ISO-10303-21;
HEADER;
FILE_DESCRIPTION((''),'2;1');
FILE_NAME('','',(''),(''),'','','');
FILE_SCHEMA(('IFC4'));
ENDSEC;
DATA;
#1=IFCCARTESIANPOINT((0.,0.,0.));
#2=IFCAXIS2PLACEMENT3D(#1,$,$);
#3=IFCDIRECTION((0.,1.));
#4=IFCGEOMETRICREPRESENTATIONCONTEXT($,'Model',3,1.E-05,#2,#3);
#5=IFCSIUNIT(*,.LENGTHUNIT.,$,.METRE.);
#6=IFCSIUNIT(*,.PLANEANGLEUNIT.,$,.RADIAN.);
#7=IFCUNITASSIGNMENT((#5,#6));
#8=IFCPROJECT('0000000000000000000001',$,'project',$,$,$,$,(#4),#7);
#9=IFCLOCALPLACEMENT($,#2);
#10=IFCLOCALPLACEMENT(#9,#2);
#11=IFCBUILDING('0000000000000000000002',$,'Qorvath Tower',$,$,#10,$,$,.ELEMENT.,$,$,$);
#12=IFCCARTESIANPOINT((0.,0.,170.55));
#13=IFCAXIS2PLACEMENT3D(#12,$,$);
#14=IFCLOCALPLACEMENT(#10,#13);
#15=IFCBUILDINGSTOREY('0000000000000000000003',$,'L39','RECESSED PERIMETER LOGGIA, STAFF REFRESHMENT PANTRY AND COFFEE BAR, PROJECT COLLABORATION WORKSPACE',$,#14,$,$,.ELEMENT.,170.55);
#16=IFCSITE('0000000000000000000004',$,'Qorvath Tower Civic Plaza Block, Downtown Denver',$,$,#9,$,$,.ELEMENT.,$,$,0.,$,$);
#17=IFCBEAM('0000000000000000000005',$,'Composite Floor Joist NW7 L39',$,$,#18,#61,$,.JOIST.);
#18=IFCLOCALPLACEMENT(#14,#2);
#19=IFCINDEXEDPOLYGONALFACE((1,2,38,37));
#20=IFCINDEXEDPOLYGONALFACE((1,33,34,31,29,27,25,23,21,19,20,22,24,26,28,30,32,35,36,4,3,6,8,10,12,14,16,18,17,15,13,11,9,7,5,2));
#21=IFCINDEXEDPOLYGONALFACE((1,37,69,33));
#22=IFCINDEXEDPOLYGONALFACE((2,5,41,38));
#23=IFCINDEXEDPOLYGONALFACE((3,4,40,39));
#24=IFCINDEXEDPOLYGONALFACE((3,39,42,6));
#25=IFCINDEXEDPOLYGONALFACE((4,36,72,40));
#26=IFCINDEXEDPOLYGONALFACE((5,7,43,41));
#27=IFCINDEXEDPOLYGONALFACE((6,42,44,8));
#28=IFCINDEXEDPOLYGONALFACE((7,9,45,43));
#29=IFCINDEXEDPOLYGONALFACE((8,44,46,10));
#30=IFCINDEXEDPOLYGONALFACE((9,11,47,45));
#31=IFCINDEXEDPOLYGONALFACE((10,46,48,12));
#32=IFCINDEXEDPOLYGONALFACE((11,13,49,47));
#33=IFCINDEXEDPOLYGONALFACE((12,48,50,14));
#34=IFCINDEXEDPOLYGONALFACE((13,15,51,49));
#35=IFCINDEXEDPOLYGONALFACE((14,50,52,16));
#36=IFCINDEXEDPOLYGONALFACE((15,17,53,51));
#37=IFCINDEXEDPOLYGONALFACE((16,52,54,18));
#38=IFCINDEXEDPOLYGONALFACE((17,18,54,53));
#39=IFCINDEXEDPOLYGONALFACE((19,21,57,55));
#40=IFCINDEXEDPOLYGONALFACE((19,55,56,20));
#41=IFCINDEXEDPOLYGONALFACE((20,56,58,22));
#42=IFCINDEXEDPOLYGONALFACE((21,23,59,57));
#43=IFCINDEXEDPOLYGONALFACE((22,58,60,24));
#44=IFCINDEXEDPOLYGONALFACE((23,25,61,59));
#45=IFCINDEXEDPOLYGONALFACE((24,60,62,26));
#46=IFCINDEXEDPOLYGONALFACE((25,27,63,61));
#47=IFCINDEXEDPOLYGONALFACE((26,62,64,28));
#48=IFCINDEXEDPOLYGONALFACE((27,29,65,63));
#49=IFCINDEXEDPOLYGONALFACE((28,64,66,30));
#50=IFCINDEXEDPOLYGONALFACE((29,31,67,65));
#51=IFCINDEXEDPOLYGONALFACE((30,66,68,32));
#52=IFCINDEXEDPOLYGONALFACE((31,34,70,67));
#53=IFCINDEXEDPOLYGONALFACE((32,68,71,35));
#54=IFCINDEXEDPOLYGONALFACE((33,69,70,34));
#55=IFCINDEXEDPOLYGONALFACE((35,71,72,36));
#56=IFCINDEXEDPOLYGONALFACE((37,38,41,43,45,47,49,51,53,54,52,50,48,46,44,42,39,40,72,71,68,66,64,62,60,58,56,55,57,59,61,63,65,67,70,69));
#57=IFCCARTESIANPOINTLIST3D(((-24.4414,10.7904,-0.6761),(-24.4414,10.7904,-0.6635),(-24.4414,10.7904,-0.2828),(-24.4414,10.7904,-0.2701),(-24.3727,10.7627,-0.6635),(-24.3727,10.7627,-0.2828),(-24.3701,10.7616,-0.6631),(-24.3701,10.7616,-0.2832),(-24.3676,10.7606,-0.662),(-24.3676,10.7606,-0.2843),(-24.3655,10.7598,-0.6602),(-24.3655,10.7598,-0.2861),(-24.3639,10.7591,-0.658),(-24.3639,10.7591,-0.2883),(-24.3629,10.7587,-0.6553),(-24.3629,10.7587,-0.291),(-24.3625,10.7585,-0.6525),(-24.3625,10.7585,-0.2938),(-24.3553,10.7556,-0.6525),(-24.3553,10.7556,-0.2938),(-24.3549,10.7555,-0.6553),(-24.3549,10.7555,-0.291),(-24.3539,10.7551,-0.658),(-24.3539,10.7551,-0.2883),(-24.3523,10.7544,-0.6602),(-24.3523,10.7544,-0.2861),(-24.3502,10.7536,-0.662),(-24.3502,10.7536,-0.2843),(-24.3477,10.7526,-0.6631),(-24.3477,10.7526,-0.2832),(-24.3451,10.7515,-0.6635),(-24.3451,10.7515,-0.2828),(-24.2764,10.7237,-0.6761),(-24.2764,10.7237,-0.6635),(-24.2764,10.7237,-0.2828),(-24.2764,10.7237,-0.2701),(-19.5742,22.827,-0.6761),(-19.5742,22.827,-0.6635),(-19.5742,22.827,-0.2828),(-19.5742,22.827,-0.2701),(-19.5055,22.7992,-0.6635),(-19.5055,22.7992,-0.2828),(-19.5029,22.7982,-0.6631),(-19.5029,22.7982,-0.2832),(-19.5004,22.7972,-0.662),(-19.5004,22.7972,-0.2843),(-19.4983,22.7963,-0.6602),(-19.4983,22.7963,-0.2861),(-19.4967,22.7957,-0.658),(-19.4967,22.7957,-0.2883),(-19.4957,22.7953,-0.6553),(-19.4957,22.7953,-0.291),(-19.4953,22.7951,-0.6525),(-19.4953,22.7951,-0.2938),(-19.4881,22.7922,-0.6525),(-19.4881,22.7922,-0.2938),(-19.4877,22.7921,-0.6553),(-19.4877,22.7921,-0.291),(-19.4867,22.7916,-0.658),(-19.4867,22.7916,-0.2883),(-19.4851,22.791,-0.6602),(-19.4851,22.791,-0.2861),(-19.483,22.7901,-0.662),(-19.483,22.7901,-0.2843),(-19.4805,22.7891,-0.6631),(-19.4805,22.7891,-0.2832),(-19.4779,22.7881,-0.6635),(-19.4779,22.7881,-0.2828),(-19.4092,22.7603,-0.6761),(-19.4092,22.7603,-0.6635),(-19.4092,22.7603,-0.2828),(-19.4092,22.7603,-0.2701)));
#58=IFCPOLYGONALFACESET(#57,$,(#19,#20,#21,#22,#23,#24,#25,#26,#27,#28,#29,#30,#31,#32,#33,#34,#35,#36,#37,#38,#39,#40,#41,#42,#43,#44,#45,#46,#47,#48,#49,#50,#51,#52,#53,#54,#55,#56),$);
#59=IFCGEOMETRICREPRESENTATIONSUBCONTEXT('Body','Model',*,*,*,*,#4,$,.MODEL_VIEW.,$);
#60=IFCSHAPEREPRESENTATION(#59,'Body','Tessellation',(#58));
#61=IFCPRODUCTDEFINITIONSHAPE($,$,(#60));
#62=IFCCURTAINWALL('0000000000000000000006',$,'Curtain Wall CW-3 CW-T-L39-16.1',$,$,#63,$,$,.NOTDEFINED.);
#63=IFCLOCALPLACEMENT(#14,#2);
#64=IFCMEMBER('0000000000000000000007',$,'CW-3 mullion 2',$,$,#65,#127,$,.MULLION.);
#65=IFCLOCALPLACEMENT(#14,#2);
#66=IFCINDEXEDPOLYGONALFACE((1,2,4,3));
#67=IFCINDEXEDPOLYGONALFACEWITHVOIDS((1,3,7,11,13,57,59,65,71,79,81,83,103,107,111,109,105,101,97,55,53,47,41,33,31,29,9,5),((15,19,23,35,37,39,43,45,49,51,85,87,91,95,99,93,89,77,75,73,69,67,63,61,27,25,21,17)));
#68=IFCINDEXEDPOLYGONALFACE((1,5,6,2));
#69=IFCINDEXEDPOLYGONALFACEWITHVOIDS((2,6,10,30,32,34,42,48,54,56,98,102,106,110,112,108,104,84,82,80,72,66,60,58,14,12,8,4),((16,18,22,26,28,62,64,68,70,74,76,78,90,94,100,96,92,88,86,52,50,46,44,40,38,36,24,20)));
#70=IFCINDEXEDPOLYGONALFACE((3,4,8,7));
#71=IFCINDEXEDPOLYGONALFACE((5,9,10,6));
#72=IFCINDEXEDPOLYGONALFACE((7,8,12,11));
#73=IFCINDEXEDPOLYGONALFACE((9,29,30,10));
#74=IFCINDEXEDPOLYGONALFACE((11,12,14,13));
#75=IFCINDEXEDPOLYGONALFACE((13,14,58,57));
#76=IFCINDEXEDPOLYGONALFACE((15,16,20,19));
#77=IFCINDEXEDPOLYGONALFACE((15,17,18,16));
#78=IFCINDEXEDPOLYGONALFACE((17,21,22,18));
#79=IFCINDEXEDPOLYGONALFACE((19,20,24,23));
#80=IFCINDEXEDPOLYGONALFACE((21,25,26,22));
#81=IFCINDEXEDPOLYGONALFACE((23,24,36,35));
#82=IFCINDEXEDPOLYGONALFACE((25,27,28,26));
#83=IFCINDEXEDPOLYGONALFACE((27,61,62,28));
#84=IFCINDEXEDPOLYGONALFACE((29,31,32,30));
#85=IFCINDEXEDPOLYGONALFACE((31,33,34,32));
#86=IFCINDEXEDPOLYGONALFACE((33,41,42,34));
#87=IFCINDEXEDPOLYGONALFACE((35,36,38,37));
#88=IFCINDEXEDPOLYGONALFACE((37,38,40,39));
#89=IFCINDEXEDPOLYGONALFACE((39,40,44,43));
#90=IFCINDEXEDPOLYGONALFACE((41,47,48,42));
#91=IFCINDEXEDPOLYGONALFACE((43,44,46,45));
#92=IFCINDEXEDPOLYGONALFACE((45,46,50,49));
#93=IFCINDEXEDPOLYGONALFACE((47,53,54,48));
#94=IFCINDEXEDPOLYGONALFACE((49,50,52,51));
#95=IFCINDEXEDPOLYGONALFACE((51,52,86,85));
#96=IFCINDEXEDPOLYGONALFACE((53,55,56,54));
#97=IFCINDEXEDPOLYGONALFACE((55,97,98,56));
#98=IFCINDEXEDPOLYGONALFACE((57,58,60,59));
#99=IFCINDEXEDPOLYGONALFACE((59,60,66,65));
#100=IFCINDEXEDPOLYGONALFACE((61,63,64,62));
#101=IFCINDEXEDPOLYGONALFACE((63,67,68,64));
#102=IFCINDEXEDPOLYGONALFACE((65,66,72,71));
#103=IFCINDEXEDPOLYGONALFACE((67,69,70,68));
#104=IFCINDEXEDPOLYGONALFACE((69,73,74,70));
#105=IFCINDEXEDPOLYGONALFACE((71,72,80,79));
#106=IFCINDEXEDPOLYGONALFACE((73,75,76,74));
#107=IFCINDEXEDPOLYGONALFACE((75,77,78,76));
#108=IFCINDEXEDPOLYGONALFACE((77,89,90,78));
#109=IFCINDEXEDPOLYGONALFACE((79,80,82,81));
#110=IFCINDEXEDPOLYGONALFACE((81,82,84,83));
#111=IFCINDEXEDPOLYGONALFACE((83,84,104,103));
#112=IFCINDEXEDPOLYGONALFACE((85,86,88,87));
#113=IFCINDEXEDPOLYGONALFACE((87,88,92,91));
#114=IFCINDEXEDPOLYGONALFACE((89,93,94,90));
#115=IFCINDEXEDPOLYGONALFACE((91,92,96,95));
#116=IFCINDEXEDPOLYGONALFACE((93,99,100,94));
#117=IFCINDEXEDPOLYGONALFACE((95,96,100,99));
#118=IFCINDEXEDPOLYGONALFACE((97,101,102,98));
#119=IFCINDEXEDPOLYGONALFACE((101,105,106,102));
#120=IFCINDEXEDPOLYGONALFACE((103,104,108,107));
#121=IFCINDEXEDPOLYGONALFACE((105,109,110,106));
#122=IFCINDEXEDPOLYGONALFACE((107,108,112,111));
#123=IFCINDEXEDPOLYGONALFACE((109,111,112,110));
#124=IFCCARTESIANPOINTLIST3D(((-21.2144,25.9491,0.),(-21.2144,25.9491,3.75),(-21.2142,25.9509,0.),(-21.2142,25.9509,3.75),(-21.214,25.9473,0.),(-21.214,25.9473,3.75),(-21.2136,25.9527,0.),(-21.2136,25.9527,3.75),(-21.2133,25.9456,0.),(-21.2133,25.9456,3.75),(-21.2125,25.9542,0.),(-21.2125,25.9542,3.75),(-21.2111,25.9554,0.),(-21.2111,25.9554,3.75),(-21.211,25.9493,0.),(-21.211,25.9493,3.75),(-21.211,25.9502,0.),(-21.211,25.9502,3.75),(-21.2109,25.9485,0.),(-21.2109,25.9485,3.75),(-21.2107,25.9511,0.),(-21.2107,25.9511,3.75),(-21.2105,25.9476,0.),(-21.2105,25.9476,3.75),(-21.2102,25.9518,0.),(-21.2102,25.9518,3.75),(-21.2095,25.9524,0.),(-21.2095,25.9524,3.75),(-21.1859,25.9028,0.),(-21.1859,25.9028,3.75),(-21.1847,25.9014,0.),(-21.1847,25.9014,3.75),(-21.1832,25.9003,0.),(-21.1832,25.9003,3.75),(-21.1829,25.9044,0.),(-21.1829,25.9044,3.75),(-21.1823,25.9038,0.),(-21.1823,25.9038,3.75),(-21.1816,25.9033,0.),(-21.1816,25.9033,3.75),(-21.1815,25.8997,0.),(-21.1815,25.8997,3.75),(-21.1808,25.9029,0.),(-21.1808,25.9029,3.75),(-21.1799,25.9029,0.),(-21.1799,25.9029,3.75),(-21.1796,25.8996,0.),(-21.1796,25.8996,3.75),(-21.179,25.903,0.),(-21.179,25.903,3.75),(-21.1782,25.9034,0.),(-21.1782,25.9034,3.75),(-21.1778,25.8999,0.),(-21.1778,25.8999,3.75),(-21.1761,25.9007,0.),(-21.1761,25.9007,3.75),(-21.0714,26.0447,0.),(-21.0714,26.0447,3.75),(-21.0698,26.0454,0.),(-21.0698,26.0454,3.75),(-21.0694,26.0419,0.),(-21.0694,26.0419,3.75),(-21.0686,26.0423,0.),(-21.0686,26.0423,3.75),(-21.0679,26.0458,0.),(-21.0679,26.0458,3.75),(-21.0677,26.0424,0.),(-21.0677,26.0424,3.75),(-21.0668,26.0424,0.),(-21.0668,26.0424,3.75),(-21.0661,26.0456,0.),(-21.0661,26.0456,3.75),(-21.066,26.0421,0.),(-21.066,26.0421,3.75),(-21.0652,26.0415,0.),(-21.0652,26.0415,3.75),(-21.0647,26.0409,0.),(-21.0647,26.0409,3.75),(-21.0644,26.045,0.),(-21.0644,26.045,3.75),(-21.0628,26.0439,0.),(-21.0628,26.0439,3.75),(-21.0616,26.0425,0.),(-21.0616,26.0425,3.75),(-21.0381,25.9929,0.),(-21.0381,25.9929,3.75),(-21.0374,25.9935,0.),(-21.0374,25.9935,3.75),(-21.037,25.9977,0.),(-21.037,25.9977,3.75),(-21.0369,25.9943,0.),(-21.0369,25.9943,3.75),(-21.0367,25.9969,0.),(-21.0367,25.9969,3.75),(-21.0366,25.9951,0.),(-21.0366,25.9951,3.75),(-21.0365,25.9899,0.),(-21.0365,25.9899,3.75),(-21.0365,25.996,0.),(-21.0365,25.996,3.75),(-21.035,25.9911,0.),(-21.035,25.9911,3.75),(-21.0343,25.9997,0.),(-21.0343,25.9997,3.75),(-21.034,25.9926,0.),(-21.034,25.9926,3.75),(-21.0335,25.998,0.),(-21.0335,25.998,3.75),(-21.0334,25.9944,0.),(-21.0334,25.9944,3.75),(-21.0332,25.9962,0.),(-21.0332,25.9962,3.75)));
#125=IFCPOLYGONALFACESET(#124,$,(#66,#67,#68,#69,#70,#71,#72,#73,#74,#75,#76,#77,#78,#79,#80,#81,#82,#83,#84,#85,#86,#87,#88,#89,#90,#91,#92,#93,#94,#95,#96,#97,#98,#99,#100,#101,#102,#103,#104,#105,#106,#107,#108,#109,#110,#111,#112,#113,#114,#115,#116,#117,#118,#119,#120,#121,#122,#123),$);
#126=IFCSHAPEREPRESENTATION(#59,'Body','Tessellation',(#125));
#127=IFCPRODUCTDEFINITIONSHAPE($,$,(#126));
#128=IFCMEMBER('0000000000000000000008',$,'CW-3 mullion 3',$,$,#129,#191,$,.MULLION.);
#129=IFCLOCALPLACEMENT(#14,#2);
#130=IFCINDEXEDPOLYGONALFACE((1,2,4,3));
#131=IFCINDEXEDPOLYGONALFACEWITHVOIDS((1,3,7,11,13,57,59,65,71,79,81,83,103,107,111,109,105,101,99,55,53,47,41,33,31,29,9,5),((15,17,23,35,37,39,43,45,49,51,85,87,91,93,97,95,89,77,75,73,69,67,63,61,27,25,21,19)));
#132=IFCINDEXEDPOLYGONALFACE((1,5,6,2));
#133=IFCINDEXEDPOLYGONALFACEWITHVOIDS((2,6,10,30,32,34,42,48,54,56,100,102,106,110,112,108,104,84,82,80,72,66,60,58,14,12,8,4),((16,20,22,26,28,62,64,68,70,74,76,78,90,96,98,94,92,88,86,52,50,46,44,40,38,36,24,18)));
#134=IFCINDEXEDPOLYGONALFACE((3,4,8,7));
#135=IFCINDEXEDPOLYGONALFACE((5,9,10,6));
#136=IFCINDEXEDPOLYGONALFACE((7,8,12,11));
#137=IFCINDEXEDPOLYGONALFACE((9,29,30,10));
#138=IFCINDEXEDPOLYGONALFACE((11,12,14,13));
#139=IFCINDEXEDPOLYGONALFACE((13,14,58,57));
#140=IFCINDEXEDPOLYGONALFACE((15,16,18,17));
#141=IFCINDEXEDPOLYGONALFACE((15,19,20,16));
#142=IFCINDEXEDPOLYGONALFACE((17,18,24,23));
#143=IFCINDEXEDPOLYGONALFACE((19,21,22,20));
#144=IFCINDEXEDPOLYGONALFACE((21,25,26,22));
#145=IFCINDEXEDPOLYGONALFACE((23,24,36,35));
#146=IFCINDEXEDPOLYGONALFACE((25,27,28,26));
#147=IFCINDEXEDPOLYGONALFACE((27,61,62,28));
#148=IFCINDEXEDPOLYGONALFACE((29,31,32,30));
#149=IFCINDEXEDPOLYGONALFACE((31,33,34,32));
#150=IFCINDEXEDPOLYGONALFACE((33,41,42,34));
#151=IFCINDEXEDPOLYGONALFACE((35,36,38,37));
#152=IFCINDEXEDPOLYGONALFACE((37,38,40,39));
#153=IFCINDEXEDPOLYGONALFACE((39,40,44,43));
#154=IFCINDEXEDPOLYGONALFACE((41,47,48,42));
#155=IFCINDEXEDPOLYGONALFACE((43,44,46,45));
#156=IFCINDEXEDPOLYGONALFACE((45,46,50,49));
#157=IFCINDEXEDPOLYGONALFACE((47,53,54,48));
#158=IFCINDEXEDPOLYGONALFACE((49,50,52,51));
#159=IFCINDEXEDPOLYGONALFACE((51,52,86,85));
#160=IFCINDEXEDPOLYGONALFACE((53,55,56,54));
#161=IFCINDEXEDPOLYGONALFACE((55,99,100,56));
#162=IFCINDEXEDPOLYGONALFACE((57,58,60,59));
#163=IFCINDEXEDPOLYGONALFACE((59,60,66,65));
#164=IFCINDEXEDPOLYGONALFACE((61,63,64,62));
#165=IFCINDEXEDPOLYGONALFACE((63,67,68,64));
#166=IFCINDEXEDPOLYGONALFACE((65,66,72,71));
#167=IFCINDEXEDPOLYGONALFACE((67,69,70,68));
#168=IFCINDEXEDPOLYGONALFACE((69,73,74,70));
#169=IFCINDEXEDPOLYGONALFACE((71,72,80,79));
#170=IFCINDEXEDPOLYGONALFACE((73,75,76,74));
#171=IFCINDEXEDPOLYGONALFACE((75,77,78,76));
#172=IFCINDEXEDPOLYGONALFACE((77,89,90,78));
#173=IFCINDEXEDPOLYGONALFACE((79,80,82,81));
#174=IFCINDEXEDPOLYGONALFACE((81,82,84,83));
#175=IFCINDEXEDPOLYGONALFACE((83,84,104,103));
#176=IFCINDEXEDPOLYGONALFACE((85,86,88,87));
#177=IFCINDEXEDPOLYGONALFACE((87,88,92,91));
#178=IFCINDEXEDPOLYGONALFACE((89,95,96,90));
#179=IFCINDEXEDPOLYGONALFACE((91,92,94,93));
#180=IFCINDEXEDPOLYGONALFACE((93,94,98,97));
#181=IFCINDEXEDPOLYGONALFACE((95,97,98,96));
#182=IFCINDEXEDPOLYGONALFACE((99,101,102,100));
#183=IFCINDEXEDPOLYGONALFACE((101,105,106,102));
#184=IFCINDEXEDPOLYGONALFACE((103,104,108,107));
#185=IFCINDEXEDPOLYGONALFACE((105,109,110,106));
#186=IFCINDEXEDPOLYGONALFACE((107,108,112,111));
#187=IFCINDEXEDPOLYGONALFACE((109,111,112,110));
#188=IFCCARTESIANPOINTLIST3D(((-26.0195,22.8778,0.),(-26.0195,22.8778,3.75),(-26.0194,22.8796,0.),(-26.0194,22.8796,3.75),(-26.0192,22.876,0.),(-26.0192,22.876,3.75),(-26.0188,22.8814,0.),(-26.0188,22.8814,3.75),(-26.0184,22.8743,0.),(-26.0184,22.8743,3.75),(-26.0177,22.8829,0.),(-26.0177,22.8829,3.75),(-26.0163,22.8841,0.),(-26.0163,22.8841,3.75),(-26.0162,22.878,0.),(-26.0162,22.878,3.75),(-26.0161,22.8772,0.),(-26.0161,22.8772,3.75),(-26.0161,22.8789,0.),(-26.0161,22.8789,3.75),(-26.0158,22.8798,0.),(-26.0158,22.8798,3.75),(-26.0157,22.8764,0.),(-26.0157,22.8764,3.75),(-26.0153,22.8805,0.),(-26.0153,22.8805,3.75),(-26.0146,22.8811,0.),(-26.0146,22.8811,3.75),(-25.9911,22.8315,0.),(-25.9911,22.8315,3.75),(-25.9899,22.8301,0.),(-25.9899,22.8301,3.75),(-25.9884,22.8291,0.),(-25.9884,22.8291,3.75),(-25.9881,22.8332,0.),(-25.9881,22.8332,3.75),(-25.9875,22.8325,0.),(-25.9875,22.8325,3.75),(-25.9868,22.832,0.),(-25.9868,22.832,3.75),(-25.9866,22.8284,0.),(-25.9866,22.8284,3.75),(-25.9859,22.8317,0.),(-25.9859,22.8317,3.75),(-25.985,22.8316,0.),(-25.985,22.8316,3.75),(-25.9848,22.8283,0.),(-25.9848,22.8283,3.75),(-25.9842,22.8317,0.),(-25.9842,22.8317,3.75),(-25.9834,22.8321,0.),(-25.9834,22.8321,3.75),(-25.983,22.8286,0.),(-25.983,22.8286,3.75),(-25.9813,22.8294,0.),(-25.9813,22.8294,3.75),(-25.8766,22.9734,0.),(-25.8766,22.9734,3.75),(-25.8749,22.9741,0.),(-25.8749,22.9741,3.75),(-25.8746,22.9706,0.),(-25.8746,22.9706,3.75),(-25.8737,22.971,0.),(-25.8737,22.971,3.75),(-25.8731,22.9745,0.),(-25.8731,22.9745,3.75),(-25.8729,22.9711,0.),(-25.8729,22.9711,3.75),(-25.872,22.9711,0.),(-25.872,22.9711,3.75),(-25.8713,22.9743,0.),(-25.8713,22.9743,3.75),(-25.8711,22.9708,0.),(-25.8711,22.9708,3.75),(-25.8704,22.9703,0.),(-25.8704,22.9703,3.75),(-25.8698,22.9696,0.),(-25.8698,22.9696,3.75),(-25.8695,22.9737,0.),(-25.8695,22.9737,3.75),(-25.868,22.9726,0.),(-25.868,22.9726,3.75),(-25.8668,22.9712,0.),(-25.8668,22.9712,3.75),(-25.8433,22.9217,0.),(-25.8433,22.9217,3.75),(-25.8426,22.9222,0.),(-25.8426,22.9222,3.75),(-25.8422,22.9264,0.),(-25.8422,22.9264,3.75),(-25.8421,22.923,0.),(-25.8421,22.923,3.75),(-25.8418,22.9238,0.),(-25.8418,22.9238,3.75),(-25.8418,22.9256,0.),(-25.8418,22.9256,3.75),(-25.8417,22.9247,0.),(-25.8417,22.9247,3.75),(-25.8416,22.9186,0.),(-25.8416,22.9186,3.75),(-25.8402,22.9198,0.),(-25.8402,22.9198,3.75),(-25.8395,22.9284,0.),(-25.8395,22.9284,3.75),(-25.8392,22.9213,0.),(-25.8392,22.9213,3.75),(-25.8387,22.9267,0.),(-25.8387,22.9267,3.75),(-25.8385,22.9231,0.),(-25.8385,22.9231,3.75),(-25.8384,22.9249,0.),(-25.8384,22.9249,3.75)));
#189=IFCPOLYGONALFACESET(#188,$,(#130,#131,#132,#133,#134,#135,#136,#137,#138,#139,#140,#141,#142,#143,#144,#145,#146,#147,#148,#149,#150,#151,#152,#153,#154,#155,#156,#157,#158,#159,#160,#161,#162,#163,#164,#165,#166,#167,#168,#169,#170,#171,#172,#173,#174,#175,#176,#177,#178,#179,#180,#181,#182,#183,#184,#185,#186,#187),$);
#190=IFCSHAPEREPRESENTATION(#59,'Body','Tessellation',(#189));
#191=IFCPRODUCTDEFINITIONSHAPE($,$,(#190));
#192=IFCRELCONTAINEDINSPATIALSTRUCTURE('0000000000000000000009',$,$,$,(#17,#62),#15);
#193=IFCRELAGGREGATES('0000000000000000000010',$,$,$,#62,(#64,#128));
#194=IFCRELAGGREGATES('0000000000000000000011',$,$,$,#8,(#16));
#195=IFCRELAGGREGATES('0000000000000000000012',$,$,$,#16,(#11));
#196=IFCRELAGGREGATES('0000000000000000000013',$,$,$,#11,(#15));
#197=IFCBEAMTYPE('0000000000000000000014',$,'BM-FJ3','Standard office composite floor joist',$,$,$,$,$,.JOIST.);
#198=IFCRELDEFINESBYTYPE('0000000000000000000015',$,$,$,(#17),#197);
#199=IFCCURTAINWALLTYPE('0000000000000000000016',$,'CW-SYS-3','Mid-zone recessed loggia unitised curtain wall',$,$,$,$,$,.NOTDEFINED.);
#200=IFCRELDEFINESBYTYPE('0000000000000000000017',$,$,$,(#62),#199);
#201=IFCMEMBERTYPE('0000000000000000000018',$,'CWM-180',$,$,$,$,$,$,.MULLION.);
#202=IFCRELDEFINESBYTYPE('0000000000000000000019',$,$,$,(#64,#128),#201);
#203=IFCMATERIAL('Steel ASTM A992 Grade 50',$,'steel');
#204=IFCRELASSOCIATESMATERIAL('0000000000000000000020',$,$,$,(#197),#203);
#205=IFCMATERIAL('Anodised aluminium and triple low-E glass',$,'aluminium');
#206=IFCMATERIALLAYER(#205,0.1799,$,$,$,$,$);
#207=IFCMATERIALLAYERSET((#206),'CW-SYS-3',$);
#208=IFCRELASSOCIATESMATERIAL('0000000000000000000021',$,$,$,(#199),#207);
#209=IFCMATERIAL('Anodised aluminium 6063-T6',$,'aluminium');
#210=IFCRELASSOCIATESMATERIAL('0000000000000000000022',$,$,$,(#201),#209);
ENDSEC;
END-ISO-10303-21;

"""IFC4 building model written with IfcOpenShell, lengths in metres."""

from ifc_helpers import new_model, si_unit, direction, frame, origin, origin_2d, place, context, subcontext, project, spatial, hollow_rectangle, i_section, extrude, material, layer, layer_set, material_profile, profile_set, type_object, element, aggregate, save


model = new_model("IFC4")

# Units and contexts
model_context = context("Model", 3, precision=1e-05, world=origin(), true_north=direction((0.0, 1.0)))
body_context = subcontext(model_context, "Body", "Model", "MODEL_VIEW")
ifc_project = project(units=[si_unit("LENGTHUNIT", "METRE"), si_unit("PLANEANGLEUNIT", "RADIAN")], contexts=[model_context])

# Site, building, storey
site_placement = place(None, origin())
site = spatial("IfcSite", under=ifc_project, at=site_placement, Name="Qorvath Tower Civic Plaza Block, Downtown Denver", CompositionType="ELEMENT", RefElevation=0.0)
building_placement = place(site_placement, origin())
building = spatial("IfcBuilding", under=site, at=building_placement, Name="Qorvath Tower", CompositionType="ELEMENT")
storey_placement = place(building_placement, frame((0.0, 0.0, 170.55)))
storey = spatial("IfcBuildingStorey", under=building, at=storey_placement, Name="L39", Description="RECESSED PERIMETER LOGGIA, STAFF REFRESHMENT PANTRY AND COFFEE BAR, PROJECT COLLABORATION WORKSPACE", CompositionType="ELEMENT", Elevation=170.55)

# Beam
ifc_material_1 = material(Name="Steel ASTM A992 Grade 50", Category="steel")
ifc_material_profile_1 = material_profile(ifc_material_1, i_section(OverallWidth=0.178, OverallDepth=0.406, WebThickness=0.0078, FlangeThickness=0.0127, FilletRadius=0.011, at=origin_2d()), Name="W16x40")
ifc_profile_set_1 = profile_set([ifc_material_profile_1], Name="Steel ASTM A992 Grade 50")
beam_type_1 = type_object("IfcBeamType", Name="BM-FJ3", Description="Standard office composite floor joist", PredefinedType="JOIST", material=ifc_profile_set_1)
beam_1_placement = place(storey_placement, frame((-24.3589, 10.7571, -0.4731), z_axis=(0.374877, 0.927075, 0.0), x_axis=(-0.927075, 0.374877, 0.0)))
element("IfcBeam", 1, at=beam_1_placement, inside=storey, type_object=beam_type_1, Name="Composite Floor Joist NW7 L39", PredefinedType="JOIST", context=body_context, shape_type="SweptSolid", body=[
    extrude(i_section(OverallWidth=0.178, OverallDepth=0.406, WebThickness=0.0078, FlangeThickness=0.0127, FilletRadius=0.011, at=origin_2d()), origin(), (0.0, 0.0, 1.0), 12.9834),
])

# Curtain wall, members
ifc_material_2 = material(Name="Anodised aluminium and triple low-E glass", Category="aluminium")
ifc_layer_1 = layer(ifc_material_2, 0.1799)
ifc_layer_set_1 = layer_set([ifc_layer_1], Name="CW-SYS-3")
curtain_wall_type = type_object("IfcCurtainWallType", Name="CW-SYS-3", Description="Mid-zone recessed loggia unitised curtain wall", PredefinedType="NOTDEFINED", material=ifc_layer_set_1)
curtain_wall_placement = place(storey_placement, origin())
curtain_wall = element("IfcCurtainWall", 2, at=curtain_wall_placement, inside=storey, type_object=curtain_wall_type, Name="Curtain Wall CW-3 CW-T-L39-16.1", PredefinedType="NOTDEFINED")
ifc_material_3 = material(Name="Anodised aluminium 6063-T6", Category="aluminium")
ifc_material_profile_2 = material_profile(ifc_material_3, hollow_rectangle(XDim=0.0649, YDim=0.1799, WallThickness=0.0034, InnerFilletRadius=0.0034, OuterFilletRadius=0.0071, at=origin_2d()), Name="CWM 180x65")
ifc_profile_set_2 = profile_set([ifc_material_profile_2], Name="Anodised aluminium 6063-T6")
member_type_1 = type_object("IfcMemberType", Name="CWM-180", PredefinedType="MULLION", material=ifc_profile_set_2)
member_1_placement = place(storey_placement, frame((-21.1238, 25.9727, 0.0), z_axis=(0.0, 0.0, 1.0), x_axis=(0.538534, -0.842604, 0.0)))
member_1 = element("IfcMember", 3, at=member_1_placement, type_object=member_type_1, Name="CW-3 mullion 2", PredefinedType="MULLION", context=body_context, shape_type="SweptSolid", body=[
    extrude(hollow_rectangle(XDim=0.0649, YDim=0.1799, WallThickness=0.0034, InnerFilletRadius=0.0034, OuterFilletRadius=0.0071, at=origin_2d()), origin(), (0.0, 0.0, 1.0), 3.75),
])
member_2_placement = place(storey_placement, frame((-25.929, 22.9014, 0.0), z_axis=(0.0, 0.0, 1.0), x_axis=(0.538534, -0.842604, 0.0)))
member_2 = element("IfcMember", 4, at=member_2_placement, type_object=member_type_1, Name="CW-3 mullion 3", PredefinedType="MULLION", context=body_context, shape_type="SweptSolid", body=[
    extrude(hollow_rectangle(XDim=0.0649, YDim=0.1799, WallThickness=0.0034, InnerFilletRadius=0.0034, OuterFilletRadius=0.0071, at=origin_2d()), origin(), (0.0, 0.0, 1.0), 3.75),
])
aggregate(curtain_wall, [member_1, member_2])

save(model, "model.ifc")
